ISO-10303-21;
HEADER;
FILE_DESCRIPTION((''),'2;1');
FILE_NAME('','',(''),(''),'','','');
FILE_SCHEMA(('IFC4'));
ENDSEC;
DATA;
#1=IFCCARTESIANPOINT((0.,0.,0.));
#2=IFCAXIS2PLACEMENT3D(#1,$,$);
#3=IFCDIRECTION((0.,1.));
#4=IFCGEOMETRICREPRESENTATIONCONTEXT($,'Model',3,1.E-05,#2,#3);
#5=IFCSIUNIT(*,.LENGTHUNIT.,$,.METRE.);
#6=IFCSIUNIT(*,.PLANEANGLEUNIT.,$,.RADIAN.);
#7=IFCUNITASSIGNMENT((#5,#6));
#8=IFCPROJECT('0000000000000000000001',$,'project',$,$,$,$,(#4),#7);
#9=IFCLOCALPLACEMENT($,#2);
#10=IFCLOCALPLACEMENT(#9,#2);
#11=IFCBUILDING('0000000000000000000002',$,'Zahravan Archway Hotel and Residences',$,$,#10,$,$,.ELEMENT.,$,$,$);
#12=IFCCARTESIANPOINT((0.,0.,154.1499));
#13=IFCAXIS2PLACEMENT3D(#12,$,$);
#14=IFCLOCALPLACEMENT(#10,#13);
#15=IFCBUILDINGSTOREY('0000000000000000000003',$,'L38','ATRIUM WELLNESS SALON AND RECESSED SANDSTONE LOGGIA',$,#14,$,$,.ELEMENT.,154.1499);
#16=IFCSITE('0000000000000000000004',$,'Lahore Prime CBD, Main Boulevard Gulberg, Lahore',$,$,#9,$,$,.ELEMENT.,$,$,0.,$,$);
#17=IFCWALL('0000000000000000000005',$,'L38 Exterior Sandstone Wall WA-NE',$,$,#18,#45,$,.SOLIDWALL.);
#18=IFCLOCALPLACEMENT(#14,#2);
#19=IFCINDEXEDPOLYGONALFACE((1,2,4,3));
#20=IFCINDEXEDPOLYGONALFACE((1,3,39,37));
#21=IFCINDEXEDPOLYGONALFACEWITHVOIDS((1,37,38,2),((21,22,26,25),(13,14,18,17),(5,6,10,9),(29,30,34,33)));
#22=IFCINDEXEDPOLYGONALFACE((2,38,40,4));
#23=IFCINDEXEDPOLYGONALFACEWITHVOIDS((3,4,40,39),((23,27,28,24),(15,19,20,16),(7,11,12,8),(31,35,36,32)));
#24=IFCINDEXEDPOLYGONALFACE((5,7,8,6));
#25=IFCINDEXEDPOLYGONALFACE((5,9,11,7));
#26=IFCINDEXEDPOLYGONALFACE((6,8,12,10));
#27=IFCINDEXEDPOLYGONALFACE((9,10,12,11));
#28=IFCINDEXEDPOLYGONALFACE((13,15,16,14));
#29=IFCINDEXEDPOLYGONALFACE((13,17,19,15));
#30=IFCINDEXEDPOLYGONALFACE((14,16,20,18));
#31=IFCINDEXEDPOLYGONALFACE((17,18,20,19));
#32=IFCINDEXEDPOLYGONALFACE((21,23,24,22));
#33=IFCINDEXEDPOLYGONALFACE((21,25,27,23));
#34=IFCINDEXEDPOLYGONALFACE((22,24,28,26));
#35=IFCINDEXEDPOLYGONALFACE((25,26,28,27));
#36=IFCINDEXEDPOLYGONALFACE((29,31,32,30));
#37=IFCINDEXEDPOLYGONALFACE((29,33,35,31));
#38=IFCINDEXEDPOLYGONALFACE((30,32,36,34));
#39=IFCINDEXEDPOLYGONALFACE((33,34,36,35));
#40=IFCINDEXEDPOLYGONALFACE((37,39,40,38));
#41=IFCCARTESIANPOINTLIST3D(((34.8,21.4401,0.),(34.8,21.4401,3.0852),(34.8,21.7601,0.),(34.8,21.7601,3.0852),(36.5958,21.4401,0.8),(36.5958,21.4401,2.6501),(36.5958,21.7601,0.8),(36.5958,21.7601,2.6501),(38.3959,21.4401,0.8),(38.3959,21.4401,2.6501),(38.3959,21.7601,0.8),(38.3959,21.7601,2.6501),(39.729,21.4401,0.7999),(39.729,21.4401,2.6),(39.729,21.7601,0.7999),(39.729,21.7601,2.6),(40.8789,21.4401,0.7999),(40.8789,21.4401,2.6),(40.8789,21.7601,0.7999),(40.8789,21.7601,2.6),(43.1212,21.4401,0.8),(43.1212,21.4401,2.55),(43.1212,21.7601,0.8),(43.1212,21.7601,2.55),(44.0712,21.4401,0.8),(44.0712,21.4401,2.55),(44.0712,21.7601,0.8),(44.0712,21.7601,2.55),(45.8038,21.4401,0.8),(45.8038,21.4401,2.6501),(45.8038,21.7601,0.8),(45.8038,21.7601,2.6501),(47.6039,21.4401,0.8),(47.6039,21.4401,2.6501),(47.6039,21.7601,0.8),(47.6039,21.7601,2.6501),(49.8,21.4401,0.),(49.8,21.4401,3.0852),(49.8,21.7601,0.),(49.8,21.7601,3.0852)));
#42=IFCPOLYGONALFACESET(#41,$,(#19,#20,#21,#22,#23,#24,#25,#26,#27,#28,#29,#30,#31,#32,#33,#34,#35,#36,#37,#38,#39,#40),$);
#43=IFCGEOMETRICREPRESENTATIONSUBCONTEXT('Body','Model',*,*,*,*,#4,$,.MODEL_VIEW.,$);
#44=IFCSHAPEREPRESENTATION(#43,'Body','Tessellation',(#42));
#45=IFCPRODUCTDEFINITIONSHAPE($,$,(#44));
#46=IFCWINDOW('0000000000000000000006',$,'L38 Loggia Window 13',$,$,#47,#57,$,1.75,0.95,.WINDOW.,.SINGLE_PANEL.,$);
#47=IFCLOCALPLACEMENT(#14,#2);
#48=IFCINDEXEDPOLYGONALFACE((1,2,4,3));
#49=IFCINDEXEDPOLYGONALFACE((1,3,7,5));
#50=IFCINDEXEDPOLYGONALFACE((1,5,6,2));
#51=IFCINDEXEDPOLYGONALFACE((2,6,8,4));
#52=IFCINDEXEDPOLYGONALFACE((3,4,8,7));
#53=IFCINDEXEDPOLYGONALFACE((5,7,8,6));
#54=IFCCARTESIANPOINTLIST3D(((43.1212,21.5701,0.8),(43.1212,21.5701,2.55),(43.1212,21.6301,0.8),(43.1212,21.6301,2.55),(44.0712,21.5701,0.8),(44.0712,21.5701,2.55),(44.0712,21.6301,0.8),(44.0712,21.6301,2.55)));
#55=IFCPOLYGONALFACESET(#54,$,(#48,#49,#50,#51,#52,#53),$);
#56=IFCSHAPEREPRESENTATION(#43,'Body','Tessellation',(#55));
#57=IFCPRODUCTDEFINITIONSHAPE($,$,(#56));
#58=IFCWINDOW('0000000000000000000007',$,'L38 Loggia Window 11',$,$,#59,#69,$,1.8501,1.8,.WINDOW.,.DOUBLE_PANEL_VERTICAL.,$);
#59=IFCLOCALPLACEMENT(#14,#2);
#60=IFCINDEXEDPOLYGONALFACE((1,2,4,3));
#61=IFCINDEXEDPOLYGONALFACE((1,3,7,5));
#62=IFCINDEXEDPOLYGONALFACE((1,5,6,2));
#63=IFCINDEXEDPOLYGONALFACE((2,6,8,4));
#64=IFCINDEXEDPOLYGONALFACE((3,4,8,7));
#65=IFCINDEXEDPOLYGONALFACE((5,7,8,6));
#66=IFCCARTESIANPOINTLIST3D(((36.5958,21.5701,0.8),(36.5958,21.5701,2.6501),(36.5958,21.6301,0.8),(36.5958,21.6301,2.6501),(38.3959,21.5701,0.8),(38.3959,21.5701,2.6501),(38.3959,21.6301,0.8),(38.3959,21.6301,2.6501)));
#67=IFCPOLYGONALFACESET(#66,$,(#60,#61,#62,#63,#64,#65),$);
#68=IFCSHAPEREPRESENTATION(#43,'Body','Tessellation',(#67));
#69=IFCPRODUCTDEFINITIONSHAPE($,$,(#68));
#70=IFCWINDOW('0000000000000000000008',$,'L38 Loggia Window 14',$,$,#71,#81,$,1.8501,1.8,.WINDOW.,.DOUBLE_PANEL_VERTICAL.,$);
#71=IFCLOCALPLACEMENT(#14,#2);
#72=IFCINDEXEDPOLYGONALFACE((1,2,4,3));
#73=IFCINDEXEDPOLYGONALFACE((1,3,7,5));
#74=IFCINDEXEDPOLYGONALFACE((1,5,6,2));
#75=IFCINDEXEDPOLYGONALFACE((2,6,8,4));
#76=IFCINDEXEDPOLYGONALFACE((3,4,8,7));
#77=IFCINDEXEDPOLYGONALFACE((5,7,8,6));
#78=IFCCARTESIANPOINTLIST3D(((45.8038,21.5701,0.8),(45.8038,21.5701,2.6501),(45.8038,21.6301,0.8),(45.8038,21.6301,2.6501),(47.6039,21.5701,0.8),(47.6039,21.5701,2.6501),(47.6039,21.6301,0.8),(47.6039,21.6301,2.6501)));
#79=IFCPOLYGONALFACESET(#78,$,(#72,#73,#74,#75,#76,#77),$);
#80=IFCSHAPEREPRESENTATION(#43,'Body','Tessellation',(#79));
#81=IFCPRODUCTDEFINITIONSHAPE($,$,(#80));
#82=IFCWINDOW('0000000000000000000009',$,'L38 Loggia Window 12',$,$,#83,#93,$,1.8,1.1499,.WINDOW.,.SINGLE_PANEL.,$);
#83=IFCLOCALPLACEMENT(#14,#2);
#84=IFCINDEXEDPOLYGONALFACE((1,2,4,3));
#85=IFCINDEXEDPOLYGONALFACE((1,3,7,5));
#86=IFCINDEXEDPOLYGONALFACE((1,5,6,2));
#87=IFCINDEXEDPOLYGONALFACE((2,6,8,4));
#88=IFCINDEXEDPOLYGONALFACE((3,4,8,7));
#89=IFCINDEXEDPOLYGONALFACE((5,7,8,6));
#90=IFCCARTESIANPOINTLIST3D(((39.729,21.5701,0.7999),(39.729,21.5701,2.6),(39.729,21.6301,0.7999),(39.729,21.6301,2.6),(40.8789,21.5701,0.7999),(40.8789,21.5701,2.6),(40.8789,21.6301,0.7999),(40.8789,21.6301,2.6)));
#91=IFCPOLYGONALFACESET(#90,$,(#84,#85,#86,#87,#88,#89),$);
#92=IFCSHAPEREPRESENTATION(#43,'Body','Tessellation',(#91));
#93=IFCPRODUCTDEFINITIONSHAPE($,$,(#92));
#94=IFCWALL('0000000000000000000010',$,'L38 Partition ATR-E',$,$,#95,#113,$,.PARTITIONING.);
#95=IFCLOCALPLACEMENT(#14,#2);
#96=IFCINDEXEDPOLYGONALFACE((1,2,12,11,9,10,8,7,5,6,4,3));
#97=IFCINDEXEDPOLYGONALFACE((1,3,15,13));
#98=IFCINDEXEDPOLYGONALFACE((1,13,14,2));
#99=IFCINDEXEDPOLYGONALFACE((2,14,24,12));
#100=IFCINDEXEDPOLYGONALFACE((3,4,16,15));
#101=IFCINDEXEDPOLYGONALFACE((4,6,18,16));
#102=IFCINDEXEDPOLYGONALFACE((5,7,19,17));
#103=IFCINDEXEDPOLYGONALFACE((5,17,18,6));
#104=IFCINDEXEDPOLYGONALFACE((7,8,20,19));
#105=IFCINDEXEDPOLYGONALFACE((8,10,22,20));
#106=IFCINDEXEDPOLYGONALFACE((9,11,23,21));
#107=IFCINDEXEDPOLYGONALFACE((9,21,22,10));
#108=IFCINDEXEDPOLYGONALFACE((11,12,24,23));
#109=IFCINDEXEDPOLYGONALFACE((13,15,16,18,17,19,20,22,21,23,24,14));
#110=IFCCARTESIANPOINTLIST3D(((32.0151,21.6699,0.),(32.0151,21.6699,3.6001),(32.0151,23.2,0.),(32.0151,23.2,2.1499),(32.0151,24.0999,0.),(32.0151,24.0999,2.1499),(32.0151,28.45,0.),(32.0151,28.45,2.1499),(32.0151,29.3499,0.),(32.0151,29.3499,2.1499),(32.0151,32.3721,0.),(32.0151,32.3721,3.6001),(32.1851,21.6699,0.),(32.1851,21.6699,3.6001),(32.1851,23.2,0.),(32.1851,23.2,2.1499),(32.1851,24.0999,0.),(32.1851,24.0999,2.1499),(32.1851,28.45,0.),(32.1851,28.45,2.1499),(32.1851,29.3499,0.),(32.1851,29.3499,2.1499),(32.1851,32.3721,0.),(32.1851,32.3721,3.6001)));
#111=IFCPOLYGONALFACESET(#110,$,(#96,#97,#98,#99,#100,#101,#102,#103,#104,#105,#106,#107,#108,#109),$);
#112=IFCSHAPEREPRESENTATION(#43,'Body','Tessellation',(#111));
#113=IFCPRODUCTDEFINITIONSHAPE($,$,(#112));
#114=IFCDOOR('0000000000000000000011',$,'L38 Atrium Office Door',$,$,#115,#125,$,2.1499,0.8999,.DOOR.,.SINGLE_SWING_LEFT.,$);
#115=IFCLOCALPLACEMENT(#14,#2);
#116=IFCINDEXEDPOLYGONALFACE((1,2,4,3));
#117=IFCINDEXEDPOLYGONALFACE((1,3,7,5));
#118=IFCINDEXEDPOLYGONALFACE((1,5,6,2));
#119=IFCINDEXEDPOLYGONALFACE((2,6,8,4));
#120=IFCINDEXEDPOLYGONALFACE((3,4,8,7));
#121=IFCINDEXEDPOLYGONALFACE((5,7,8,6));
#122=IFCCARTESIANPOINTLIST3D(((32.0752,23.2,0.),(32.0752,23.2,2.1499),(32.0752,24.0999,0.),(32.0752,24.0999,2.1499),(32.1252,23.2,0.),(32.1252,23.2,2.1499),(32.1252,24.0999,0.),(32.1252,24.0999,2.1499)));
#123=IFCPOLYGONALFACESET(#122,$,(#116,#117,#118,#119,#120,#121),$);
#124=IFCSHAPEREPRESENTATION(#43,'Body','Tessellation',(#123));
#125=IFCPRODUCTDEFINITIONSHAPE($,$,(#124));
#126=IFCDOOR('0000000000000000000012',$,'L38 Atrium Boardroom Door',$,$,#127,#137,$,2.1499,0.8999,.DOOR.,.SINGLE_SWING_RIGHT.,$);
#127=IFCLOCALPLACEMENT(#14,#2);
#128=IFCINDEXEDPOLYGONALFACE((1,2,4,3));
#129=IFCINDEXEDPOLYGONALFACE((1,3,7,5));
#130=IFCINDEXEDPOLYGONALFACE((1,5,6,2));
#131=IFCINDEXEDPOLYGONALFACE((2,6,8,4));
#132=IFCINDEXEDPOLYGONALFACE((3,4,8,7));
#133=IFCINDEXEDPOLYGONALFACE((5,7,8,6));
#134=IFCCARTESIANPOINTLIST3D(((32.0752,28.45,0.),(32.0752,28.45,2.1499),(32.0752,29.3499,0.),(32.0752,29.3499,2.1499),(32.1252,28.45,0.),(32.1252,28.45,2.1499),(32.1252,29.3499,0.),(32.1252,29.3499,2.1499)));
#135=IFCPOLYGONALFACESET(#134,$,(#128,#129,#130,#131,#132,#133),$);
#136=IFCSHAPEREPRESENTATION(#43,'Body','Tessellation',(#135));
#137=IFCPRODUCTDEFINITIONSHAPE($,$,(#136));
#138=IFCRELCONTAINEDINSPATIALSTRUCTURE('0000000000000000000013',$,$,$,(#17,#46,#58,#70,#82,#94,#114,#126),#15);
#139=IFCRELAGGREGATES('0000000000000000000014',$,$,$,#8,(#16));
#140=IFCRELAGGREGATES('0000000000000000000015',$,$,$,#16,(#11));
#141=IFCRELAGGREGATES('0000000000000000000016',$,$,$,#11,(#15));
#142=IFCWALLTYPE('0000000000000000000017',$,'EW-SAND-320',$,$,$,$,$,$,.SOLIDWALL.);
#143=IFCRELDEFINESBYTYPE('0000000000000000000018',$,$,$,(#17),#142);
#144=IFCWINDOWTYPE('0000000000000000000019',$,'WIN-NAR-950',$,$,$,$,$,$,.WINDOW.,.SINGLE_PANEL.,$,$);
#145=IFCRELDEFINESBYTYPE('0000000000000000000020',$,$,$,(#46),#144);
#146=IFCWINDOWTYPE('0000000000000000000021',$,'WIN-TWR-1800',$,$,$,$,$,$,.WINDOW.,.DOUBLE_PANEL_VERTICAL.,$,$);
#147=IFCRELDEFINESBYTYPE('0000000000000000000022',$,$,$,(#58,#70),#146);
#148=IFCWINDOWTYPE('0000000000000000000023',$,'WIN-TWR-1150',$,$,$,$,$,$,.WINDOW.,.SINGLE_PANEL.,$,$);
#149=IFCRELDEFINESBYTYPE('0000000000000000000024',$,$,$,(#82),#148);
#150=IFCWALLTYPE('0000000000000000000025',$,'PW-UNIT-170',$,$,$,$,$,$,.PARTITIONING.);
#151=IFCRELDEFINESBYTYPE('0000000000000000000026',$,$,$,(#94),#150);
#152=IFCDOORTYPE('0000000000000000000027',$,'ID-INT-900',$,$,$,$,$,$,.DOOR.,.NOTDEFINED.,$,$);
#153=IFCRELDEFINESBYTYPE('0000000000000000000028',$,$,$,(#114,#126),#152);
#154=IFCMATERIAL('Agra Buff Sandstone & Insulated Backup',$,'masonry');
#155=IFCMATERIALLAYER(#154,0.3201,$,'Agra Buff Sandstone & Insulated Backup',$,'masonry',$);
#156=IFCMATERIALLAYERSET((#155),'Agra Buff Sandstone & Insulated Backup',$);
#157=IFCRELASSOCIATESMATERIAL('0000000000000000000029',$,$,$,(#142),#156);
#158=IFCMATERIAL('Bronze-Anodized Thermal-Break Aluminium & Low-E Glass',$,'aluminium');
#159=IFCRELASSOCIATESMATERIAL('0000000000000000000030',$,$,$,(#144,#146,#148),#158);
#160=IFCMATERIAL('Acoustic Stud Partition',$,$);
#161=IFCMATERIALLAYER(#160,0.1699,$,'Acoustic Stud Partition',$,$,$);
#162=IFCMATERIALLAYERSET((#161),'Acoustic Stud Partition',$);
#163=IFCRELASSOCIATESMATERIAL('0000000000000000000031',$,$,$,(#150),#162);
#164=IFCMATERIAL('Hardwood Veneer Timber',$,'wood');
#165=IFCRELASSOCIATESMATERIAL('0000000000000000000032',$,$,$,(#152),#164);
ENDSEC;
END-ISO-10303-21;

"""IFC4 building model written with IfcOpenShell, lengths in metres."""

from ifc_helpers import new_model, si_unit, direction, frame, frame_2d, origin, place, context, subcontext, project, spatial, rectangle, extrude, source, transform, mapped, material, layer, layer_set, type_object, type_shapes, element, fill, save


model = new_model("IFC4")

# Units and contexts
model_context = context("Model", 3, precision=1e-05, world=origin(), true_north=direction((0.0, 1.0)))
body_context = subcontext(model_context, "Body", "Model", "MODEL_VIEW")
ifc_project = project(units=[si_unit("LENGTHUNIT", "METRE"), si_unit("PLANEANGLEUNIT", "RADIAN")], contexts=[model_context])

# Site, building, storey
site_placement = place(None, origin())
site = spatial("IfcSite", under=ifc_project, at=site_placement, Name="Lahore Prime CBD, Main Boulevard Gulberg, Lahore", CompositionType="ELEMENT", RefElevation=0.0)
building_placement = place(site_placement, origin())
building = spatial("IfcBuilding", under=site, at=building_placement, Name="Zahravan Archway Hotel and Residences", CompositionType="ELEMENT")
storey_placement = place(building_placement, frame((0.0, 0.0, 154.1499)))
storey = spatial("IfcBuildingStorey", under=building, at=storey_placement, Name="L38", Description="ATRIUM WELLNESS SALON AND RECESSED SANDSTONE LOGGIA", CompositionType="ELEMENT", Elevation=154.1499)

# Wall, openings, windows
ifc_material_1 = material(Name="Agra Buff Sandstone & Insulated Backup", Category="masonry")
ifc_layer_1 = layer(ifc_material_1, 0.3201, Name="Agra Buff Sandstone & Insulated Backup", Category="masonry")
ifc_layer_set_1 = layer_set([ifc_layer_1], Name="Agra Buff Sandstone & Insulated Backup")
wall_type_1 = type_object("IfcWallType", Name="EW-SAND-320", PredefinedType="SOLIDWALL", material=ifc_layer_set_1)
wall_1_placement = place(storey_placement, frame((34.8, 21.6001, 0.0), z_axis=(0.0, 0.0, 1.0), x_axis=(1.0, 0.0, 0.0)))
wall_1 = element("IfcWall", 1, at=wall_1_placement, inside=storey, type_object=wall_type_1, Name="L38 Exterior Sandstone Wall WA-NE", PredefinedType="SOLIDWALL", context=body_context, shape_type="SweptSolid", body=[
    extrude(rectangle(XDim=15.0, YDim=0.3201, at=frame_2d((7.5, 0.0))), origin(), (0.0, 0.0, 1.0), 3.0852),
])
opening_1_placement = place(wall_1_placement, frame((1.7959, 0.0, 0.8)))
opening_1 = element("IfcOpeningElement", 2, at=opening_1_placement, cuts=wall_1, PredefinedType="OPENING", context=body_context, shape_type="SweptSolid", body=[
    extrude(rectangle(XDim=1.8, YDim=1.8501, at=frame_2d((0.8999, 0.925))), frame((0.0, 0.1699, 0.0), z_axis=(0.0, -1.0, 0.0), x_axis=(1.0, 0.0, 0.0)), (0.0, 0.0, 1.0), 0.3401),
])
opening_2_placement = place(wall_1_placement, frame((4.929, 0.0, 0.8)))
opening_2 = element("IfcOpeningElement", 3, at=opening_2_placement, cuts=wall_1, PredefinedType="OPENING", context=body_context, shape_type="SweptSolid", body=[
    extrude(rectangle(XDim=1.1499, YDim=1.8, at=frame_2d((0.575, 0.8999))), frame((0.0, 0.1699, 0.0), z_axis=(0.0, -1.0, 0.0), x_axis=(1.0, 0.0, 0.0)), (0.0, 0.0, 1.0), 0.3401),
])
opening_3_placement = place(wall_1_placement, frame((8.321, 0.0, 0.8)))
opening_3 = element("IfcOpeningElement", 4, at=opening_3_placement, cuts=wall_1, PredefinedType="OPENING", context=body_context, shape_type="SweptSolid", body=[
    extrude(rectangle(XDim=0.95, YDim=1.75, at=frame_2d((0.4751, 0.875))), frame((0.0, 0.1699, 0.0), z_axis=(0.0, -1.0, 0.0), x_axis=(1.0, 0.0, 0.0)), (0.0, 0.0, 1.0), 0.3401),
])
opening_4_placement = place(wall_1_placement, frame((11.0039, 0.0, 0.8)))
opening_4 = element("IfcOpeningElement", 5, at=opening_4_placement, cuts=wall_1, PredefinedType="OPENING", context=body_context, shape_type="SweptSolid", body=[
    extrude(rectangle(XDim=1.8, YDim=1.8501, at=frame_2d((0.8999, 0.925))), frame((0.0, 0.1699, 0.0), z_axis=(0.0, -1.0, 0.0), x_axis=(1.0, 0.0, 0.0)), (0.0, 0.0, 1.0), 0.3401),
])
ifc_material_2 = material(Name="Bronze-Anodized Thermal-Break Aluminium & Low-E Glass", Category="aluminium")
window_type_1 = type_object("IfcWindowType", Name="WIN-NAR-950", PartitioningType="SINGLE_PANEL", PredefinedType="WINDOW", material=ifc_material_2)
shared_shape_1 = source(origin(), body_context, "Body", "SweptSolid", [
    extrude(rectangle(XDim=0.95, YDim=1.75, at=frame_2d((0.4751, 0.875))), frame((0.0, 0.03, 0.0), z_axis=(0.0, -1.0, 0.0), x_axis=(1.0, 0.0, 0.0)), (0.0, 0.0, 1.0), 0.0601),
])
type_shapes(window_type_1, [shared_shape_1])
window_1_placement = place(opening_3_placement, origin())
window_1 = element("IfcWindow", 6, at=window_1_placement, inside=storey, type_object=window_type_1, Name="L38 Loggia Window 13", OverallHeight=1.75, OverallWidth=0.95, PartitioningType="SINGLE_PANEL", PredefinedType="WINDOW", context=body_context, shape_type="MappedRepresentation", body=[
    mapped(shared_shape_1, transform((0.0, 0.0, 0.0), scale=1.0)),
])
fill(opening_3, window_1)
window_type_2 = type_object("IfcWindowType", Name="WIN-TWR-1800", PartitioningType="DOUBLE_PANEL_VERTICAL", PredefinedType="WINDOW", material=ifc_material_2)
shared_shape_2 = source(origin(), body_context, "Body", "SweptSolid", [
    extrude(rectangle(XDim=1.8, YDim=1.8501, at=frame_2d((0.8999, 0.925))), frame((0.0, 0.03, 0.0), z_axis=(0.0, -1.0, 0.0), x_axis=(1.0, 0.0, 0.0)), (0.0, 0.0, 1.0), 0.0601),
])
type_shapes(window_type_2, [shared_shape_2])
window_2_placement = place(opening_1_placement, origin())
window_2 = element("IfcWindow", 7, at=window_2_placement, inside=storey, type_object=window_type_2, Name="L38 Loggia Window 11", OverallHeight=1.8501, OverallWidth=1.8, PartitioningType="DOUBLE_PANEL_VERTICAL", PredefinedType="WINDOW", context=body_context, shape_type="MappedRepresentation", body=[
    mapped(shared_shape_2, transform((0.0, 0.0, 0.0), scale=1.0)),
])
fill(opening_1, window_2)
window_3_placement = place(opening_4_placement, origin())
window_3 = element("IfcWindow", 8, at=window_3_placement, inside=storey, type_object=window_type_2, Name="L38 Loggia Window 14", OverallHeight=1.8501, OverallWidth=1.8, PartitioningType="DOUBLE_PANEL_VERTICAL", PredefinedType="WINDOW", context=body_context, shape_type="MappedRepresentation", body=[
    mapped(shared_shape_2, transform((0.0, 0.0, 0.0), scale=1.0)),
])
fill(opening_4, window_3)
window_type_3 = type_object("IfcWindowType", Name="WIN-TWR-1150", PartitioningType="SINGLE_PANEL", PredefinedType="WINDOW", material=ifc_material_2)
shared_shape_3 = source(origin(), body_context, "Body", "SweptSolid", [
    extrude(rectangle(XDim=1.1499, YDim=1.8, at=frame_2d((0.575, 0.8999))), frame((0.0, 0.03, 0.0), z_axis=(0.0, -1.0, 0.0), x_axis=(1.0, 0.0, 0.0)), (0.0, 0.0, 1.0), 0.0601),
])
type_shapes(window_type_3, [shared_shape_3])
window_4_placement = place(opening_2_placement, origin())
window_4 = element("IfcWindow", 9, at=window_4_placement, inside=storey, type_object=window_type_3, Name="L38 Loggia Window 12", OverallHeight=1.8, OverallWidth=1.1499, PartitioningType="SINGLE_PANEL", PredefinedType="WINDOW", context=body_context, shape_type="MappedRepresentation", body=[
    mapped(shared_shape_3, transform((0.0, 0.0, 0.0), scale=1.0)),
])
fill(opening_2, window_4)

# Wall, openings, doors
ifc_material_3 = material(Name="Acoustic Stud Partition")
ifc_layer_2 = layer(ifc_material_3, 0.1699, Name="Acoustic Stud Partition")
ifc_layer_set_2 = layer_set([ifc_layer_2], Name="Acoustic Stud Partition")
wall_type_2 = type_object("IfcWallType", Name="PW-UNIT-170", PredefinedType="PARTITIONING", material=ifc_layer_set_2)
wall_2_placement = place(storey_placement, frame((32.1001, 21.6699, 0.0), z_axis=(0.0, 0.0, 1.0), x_axis=(0.0, 1.0, 0.0)))
wall_2 = element("IfcWall", 10, at=wall_2_placement, inside=storey, type_object=wall_type_2, Name="L38 Partition ATR-E", PredefinedType="PARTITIONING", context=body_context, shape_type="SweptSolid", body=[
    extrude(rectangle(XDim=10.7021, YDim=0.1699, at=frame_2d((5.3511, 0.0))), origin(), (0.0, 0.0, 1.0), 3.6001),
])
opening_5_placement = place(wall_2_placement, frame((1.53, 0.0, 0.0)))
opening_5 = element("IfcOpeningElement", 11, at=opening_5_placement, cuts=wall_2, PredefinedType="OPENING", context=body_context, shape_type="SweptSolid", body=[
    extrude(rectangle(XDim=0.8999, YDim=2.1499, at=frame_2d((0.45, 1.075))), frame((0.0, 0.095, 0.0), z_axis=(0.0, -1.0, 0.0), x_axis=(1.0, 0.0, 0.0)), (0.0, 0.0, 1.0), 0.1899),
])
opening_6_placement = place(wall_2_placement, frame((6.78, 0.0, 0.0)))
opening_6 = element("IfcOpeningElement", 12, at=opening_6_placement, cuts=wall_2, PredefinedType="OPENING", context=body_context, shape_type="SweptSolid", body=[
    extrude(rectangle(XDim=0.8999, YDim=2.1499, at=frame_2d((0.45, 1.075))), frame((0.0, 0.095, 0.0), z_axis=(0.0, -1.0, 0.0), x_axis=(1.0, 0.0, 0.0)), (0.0, 0.0, 1.0), 0.1899),
])
ifc_material_4 = material(Name="Hardwood Veneer Timber", Category="wood")
door_type = type_object("IfcDoorType", Name="ID-INT-900", OperationType="NOTDEFINED", PredefinedType="DOOR", material=ifc_material_4)
shared_shape_4 = source(origin(), body_context, "Body", "SweptSolid", [
    extrude(rectangle(XDim=0.8999, YDim=2.1499, at=frame_2d((0.45, 1.075))), frame((0.0, 0.0249, 0.0), z_axis=(0.0, -1.0, 0.0), x_axis=(1.0, 0.0, 0.0)), (0.0, 0.0, 1.0), 0.05),
])
type_shapes(door_type, [shared_shape_4])
door_1_placement = place(opening_5_placement, origin())
door_1 = element("IfcDoor", 13, at=door_1_placement, inside=storey, type_object=door_type, Name="L38 Atrium Office Door", OperationType="SINGLE_SWING_LEFT", OverallHeight=2.1499, OverallWidth=0.8999, PredefinedType="DOOR", context=body_context, shape_type="MappedRepresentation", body=[
    mapped(shared_shape_4, transform((0.0, 0.0, 0.0), scale=1.0)),
])
fill(opening_5, door_1)
door_2_placement = place(opening_6_placement, origin())
door_2 = element("IfcDoor", 14, at=door_2_placement, inside=storey, type_object=door_type, Name="L38 Atrium Boardroom Door", OperationType="SINGLE_SWING_RIGHT", OverallHeight=2.1499, OverallWidth=0.8999, PredefinedType="DOOR", context=body_context, shape_type="MappedRepresentation", body=[
    mapped(shared_shape_4, transform((0.0, 0.0, 0.0), scale=1.0)),
])
fill(opening_6, door_2)

save(model, "model.ifc")
